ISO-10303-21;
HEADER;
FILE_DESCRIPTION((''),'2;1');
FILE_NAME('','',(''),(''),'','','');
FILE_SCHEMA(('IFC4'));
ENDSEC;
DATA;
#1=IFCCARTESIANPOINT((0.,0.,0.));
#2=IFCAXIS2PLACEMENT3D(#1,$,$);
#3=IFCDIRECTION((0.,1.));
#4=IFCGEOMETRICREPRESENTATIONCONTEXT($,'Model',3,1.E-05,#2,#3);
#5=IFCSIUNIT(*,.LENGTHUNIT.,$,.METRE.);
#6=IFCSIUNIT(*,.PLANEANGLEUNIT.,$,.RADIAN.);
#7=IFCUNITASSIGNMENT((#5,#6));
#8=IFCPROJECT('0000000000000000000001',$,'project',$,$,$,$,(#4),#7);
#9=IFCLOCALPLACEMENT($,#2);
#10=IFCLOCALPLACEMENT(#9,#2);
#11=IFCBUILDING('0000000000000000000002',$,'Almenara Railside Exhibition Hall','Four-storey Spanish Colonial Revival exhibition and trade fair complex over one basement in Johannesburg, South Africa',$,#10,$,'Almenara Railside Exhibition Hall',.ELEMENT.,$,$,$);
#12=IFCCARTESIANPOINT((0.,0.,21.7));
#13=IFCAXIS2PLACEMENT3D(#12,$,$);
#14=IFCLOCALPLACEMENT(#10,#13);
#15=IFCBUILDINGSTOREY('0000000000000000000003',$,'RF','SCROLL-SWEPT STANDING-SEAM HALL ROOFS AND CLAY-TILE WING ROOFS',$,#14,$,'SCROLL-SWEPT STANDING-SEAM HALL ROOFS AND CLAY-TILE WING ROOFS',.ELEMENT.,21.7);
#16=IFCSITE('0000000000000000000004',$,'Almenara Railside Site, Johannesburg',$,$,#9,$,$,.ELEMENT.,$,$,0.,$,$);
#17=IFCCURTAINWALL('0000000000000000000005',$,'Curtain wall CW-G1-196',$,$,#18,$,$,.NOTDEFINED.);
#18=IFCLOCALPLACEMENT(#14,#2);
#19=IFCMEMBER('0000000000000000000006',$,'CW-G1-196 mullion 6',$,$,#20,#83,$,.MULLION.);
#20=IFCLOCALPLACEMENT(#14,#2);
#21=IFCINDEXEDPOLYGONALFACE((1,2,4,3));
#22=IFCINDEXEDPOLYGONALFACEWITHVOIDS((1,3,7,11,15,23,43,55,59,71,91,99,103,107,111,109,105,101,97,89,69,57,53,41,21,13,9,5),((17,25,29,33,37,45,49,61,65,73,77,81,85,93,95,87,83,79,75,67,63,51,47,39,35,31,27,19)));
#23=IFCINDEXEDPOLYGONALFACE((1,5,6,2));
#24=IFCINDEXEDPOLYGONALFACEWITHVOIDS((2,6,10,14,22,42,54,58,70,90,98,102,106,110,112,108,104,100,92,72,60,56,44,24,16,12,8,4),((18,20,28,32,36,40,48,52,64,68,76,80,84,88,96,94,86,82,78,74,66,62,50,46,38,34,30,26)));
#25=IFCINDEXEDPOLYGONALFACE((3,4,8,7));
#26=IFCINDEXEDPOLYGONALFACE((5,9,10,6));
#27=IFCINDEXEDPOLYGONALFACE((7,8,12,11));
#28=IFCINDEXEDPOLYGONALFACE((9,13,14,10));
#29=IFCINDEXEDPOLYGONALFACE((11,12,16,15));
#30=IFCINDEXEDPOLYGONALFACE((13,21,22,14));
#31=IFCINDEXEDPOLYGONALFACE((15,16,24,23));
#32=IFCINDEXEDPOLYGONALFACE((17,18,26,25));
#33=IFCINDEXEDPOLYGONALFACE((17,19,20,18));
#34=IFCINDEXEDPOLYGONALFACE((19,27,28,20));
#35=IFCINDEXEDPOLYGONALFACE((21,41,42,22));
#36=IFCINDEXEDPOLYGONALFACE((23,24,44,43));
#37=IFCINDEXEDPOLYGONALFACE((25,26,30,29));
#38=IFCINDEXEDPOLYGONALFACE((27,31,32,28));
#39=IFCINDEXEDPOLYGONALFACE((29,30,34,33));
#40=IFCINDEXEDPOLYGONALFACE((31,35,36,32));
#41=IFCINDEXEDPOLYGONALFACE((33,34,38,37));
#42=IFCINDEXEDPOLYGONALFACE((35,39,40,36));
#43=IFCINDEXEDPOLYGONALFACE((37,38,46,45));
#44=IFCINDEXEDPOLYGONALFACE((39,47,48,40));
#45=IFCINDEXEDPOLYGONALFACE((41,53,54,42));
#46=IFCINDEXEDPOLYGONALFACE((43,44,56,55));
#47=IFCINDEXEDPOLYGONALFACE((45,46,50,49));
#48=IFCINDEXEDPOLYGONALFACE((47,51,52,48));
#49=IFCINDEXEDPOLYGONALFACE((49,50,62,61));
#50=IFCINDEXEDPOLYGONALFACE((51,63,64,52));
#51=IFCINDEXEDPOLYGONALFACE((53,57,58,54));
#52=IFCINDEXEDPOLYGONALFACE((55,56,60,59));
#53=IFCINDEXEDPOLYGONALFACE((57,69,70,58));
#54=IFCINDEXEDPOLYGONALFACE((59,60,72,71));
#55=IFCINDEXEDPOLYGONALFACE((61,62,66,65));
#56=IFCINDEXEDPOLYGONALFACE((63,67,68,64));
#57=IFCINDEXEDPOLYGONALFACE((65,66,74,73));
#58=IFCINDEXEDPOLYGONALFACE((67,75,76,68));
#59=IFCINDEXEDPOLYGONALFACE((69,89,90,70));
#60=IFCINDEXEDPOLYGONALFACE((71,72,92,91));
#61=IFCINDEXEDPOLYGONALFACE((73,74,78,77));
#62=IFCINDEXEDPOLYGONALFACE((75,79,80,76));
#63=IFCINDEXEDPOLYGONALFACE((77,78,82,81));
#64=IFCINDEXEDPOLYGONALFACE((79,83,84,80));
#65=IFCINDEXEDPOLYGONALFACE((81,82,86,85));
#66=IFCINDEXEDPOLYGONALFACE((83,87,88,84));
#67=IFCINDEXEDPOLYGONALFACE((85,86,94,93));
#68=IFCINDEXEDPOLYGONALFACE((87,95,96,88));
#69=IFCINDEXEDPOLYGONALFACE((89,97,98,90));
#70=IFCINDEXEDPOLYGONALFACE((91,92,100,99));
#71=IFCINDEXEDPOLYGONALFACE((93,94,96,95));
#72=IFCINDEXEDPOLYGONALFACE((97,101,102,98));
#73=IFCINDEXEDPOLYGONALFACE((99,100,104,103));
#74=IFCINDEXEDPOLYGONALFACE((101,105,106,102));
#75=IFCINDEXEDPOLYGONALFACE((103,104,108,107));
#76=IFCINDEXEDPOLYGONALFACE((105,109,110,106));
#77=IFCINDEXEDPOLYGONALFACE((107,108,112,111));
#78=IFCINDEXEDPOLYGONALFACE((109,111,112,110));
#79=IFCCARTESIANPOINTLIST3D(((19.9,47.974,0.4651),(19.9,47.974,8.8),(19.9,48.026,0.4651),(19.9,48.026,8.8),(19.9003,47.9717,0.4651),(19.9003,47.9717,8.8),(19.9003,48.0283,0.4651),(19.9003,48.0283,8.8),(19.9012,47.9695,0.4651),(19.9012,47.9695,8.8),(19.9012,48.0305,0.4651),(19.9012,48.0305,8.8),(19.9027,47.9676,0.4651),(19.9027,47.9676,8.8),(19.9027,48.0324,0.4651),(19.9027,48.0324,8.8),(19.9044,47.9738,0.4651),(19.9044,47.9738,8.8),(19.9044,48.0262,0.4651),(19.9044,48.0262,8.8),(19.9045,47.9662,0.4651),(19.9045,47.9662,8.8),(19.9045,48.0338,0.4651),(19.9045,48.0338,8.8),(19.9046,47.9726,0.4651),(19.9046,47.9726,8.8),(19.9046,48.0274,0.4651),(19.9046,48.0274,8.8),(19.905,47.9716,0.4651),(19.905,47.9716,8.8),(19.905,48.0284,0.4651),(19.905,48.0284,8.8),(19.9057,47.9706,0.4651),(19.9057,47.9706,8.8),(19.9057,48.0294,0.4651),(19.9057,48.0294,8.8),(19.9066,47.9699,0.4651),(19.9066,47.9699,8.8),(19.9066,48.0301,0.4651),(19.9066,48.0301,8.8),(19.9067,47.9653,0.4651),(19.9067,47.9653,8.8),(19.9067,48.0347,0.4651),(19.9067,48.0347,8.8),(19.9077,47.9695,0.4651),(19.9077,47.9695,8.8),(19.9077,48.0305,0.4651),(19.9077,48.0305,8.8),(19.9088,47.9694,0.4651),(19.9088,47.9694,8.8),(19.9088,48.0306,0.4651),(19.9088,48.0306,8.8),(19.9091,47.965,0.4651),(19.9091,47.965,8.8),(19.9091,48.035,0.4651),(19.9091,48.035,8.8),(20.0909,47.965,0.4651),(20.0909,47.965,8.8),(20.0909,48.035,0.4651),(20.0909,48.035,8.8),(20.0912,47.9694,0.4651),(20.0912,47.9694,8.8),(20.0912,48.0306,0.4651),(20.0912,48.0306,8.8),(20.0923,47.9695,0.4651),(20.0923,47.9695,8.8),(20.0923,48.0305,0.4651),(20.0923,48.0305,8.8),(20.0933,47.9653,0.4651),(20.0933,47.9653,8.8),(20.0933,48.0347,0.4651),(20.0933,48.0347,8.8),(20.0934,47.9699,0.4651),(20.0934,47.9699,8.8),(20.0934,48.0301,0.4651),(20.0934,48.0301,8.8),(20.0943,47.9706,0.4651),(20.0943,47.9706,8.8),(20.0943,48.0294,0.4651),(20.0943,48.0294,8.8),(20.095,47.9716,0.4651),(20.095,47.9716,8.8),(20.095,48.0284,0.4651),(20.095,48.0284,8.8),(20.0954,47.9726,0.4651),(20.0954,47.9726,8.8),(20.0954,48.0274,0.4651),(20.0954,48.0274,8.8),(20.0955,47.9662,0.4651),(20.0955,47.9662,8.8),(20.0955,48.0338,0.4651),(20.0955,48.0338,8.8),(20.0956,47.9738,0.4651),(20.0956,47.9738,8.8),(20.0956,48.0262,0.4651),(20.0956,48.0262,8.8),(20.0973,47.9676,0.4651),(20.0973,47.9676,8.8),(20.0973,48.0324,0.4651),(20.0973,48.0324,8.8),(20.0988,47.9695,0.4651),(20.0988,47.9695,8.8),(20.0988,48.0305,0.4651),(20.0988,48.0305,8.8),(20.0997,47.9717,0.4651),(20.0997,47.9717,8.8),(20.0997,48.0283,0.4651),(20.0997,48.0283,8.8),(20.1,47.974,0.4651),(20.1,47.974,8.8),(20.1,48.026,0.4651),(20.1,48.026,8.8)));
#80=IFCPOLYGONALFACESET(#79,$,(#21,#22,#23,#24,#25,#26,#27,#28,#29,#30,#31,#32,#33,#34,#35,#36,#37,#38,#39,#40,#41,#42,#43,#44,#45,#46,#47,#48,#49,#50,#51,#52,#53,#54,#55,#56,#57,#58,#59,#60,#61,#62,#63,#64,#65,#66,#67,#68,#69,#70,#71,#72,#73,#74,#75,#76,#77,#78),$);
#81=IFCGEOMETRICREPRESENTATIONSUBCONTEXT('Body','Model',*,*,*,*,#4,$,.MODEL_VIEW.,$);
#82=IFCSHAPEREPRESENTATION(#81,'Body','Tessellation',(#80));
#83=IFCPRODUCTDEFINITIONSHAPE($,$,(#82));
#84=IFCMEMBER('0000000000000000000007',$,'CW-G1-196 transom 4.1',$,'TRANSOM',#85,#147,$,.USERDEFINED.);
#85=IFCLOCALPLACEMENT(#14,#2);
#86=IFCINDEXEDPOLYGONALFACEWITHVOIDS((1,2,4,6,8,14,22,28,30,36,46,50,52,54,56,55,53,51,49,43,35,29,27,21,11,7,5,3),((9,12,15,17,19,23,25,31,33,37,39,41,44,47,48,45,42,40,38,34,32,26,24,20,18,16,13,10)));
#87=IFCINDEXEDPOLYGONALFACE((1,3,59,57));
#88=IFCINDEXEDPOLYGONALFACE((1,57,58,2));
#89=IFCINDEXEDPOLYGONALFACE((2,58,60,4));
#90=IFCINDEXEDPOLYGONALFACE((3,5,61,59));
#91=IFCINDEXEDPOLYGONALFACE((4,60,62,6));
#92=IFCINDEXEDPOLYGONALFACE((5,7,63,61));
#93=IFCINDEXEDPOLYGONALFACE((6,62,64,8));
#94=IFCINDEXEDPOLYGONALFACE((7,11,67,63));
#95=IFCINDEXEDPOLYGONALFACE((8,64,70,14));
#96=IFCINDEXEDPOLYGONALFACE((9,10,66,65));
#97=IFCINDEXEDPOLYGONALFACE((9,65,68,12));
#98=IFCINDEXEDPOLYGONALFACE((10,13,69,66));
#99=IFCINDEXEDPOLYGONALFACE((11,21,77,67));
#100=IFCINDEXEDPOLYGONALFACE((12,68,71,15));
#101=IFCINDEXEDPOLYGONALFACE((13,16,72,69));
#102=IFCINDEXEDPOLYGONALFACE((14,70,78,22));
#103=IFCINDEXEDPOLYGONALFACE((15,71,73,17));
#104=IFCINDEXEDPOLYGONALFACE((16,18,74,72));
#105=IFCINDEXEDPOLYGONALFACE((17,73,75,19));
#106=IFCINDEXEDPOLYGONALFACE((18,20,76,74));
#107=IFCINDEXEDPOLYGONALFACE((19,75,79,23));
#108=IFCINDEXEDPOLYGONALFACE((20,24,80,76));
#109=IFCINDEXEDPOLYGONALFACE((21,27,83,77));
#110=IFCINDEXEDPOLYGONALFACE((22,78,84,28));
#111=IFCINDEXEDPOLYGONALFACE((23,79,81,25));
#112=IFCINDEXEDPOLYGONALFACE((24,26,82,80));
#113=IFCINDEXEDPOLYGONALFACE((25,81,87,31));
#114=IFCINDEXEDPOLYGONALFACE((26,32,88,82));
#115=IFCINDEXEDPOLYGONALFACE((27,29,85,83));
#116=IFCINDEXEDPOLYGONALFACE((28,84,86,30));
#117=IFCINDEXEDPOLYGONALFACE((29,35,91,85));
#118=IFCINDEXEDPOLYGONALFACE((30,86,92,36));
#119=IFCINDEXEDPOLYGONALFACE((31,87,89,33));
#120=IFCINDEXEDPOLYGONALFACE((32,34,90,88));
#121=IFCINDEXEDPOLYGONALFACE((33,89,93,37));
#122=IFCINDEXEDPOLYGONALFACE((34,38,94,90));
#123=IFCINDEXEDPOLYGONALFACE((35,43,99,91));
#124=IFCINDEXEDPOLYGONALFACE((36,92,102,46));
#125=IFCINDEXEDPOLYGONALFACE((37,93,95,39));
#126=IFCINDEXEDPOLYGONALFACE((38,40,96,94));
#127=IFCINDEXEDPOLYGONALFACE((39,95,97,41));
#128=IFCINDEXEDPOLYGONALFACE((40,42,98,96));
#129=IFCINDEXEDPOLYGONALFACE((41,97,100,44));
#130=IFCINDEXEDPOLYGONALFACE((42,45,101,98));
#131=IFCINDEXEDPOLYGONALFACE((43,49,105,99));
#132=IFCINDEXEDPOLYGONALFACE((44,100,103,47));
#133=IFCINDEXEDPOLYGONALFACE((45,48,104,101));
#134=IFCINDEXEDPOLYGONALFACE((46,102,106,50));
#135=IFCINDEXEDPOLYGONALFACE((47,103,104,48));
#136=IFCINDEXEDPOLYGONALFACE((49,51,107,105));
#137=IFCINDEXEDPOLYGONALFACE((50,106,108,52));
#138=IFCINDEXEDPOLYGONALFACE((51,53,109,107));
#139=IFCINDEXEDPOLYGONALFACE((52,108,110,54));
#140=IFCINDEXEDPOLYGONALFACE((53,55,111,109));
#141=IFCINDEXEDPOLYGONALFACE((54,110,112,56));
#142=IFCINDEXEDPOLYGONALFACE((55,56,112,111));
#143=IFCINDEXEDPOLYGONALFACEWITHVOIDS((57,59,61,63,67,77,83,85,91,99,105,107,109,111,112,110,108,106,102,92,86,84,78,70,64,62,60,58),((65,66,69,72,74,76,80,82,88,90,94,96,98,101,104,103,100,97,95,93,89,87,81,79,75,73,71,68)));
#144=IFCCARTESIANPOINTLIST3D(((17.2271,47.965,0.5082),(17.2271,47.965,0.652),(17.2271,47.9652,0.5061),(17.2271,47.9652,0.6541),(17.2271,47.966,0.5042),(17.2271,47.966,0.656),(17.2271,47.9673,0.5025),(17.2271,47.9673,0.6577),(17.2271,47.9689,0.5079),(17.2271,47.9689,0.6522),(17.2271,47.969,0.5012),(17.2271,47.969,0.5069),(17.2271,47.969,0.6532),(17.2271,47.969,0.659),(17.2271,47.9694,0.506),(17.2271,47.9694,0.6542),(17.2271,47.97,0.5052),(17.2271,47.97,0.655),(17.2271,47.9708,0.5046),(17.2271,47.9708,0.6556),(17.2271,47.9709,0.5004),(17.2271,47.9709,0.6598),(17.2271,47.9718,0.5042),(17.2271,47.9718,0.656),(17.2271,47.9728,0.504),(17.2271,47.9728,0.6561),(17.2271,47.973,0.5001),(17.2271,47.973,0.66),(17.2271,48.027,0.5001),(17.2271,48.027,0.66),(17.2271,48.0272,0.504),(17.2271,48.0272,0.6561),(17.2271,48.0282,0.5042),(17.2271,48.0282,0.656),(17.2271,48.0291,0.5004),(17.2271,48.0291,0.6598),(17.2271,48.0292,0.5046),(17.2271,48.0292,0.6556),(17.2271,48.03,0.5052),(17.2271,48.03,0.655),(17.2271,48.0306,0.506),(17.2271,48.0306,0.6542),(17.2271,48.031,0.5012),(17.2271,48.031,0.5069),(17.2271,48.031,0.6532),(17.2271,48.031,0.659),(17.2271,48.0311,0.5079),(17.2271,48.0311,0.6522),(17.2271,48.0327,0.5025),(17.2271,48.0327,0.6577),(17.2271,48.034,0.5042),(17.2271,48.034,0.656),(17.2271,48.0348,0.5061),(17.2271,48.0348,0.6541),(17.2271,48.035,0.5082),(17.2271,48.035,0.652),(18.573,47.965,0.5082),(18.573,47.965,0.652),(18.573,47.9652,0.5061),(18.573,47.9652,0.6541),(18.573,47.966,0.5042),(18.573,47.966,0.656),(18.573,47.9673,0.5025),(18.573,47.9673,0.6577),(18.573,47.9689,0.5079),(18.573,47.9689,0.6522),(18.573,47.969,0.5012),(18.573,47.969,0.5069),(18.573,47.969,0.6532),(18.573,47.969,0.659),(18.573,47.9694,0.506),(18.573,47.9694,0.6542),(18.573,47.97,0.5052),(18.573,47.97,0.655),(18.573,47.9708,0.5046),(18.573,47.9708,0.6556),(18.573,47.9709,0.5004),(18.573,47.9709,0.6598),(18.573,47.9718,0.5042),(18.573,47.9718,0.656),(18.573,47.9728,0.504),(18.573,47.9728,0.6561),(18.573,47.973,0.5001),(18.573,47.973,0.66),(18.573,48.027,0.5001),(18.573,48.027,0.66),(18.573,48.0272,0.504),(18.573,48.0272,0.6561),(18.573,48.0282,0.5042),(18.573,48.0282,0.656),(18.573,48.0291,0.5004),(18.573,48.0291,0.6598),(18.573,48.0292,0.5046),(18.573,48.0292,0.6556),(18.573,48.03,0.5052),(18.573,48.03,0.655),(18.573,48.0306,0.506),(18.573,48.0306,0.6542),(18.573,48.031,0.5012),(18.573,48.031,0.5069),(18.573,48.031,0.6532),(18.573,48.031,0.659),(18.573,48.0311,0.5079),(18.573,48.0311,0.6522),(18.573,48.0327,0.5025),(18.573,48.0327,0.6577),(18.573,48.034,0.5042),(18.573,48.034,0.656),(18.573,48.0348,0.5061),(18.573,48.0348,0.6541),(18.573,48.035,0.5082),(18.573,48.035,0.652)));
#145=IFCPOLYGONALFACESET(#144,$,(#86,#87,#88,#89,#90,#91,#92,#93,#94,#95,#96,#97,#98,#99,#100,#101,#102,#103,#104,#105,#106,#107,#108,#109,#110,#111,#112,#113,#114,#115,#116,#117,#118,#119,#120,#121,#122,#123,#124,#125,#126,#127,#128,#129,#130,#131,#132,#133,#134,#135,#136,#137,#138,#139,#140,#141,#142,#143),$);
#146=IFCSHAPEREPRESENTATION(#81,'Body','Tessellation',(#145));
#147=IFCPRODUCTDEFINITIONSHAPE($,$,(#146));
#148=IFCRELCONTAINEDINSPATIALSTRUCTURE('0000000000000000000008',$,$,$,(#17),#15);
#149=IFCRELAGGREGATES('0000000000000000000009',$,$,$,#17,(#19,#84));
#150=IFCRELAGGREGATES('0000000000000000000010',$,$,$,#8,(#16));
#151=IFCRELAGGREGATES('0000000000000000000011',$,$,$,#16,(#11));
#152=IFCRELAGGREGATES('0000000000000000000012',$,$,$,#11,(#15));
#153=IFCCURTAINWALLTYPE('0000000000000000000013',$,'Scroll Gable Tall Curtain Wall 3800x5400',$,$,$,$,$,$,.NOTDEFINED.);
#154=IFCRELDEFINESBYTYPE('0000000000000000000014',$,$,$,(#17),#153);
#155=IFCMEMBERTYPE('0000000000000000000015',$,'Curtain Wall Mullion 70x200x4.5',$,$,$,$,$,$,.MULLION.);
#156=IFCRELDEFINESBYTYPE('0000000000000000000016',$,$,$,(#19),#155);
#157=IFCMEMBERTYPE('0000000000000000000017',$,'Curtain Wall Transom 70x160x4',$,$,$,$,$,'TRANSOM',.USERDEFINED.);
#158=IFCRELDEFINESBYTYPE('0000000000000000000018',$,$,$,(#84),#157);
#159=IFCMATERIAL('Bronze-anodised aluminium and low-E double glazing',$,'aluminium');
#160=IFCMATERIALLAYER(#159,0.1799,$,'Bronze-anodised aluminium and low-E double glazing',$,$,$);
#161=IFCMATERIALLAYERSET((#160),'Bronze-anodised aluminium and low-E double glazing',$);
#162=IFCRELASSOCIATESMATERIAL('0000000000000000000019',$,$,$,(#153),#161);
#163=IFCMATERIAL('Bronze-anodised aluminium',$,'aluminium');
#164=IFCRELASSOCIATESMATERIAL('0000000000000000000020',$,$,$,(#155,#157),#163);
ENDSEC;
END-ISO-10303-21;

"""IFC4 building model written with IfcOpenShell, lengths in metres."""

from ifc_helpers import new_model, si_unit, direction, frame, origin, origin_2d, place, context, subcontext, project, spatial, hollow_rectangle, extrude, material, layer, layer_set, material_profile, profile_set, type_object, element, aggregate, save


model = new_model("IFC4")

# Units and contexts
model_context = context("Model", 3, precision=1e-05, world=origin(), true_north=direction((0.0, 1.0)))
body_context = subcontext(model_context, "Body", "Model", "MODEL_VIEW")
ifc_project = project(units=[si_unit("LENGTHUNIT", "METRE"), si_unit("PLANEANGLEUNIT", "RADIAN")], contexts=[model_context])

# Site, building, storey
site_placement = place(None, origin())
site = spatial("IfcSite", under=ifc_project, at=site_placement, Name="Almenara Railside Site, Johannesburg", CompositionType="ELEMENT", RefElevation=0.0)
building_placement = place(site_placement, origin())
building = spatial("IfcBuilding", under=site, at=building_placement, Name="Almenara Railside Exhibition Hall", Description="Four-storey Spanish Colonial Revival exhibition and trade fair complex over one basement in Johannesburg, South Africa", LongName="Almenara Railside Exhibition Hall", CompositionType="ELEMENT")
storey_placement = place(building_placement, frame((0.0, 0.0, 21.7)))
storey = spatial("IfcBuildingStorey", under=building, at=storey_placement, Name="RF", Description="SCROLL-SWEPT STANDING-SEAM HALL ROOFS AND CLAY-TILE WING ROOFS", LongName="SCROLL-SWEPT STANDING-SEAM HALL ROOFS AND CLAY-TILE WING ROOFS", CompositionType="ELEMENT", Elevation=21.7)

# Curtain wall, members
ifc_material_1 = material(Name="Bronze-anodised aluminium and low-E double glazing", Category="aluminium")
ifc_layer_1 = layer(ifc_material_1, 0.1799, Name="Bronze-anodised aluminium and low-E double glazing")
ifc_layer_set_1 = layer_set([ifc_layer_1], Name="Bronze-anodised aluminium and low-E double glazing")
curtain_wall_type = type_object("IfcCurtainWallType", Name="Scroll Gable Tall Curtain Wall 3800x5400", PredefinedType="NOTDEFINED", material=ifc_layer_set_1)
curtain_wall_placement = place(storey_placement, origin())
curtain_wall = element("IfcCurtainWall", 1, at=curtain_wall_placement, inside=storey, type_object=curtain_wall_type, Name="Curtain wall CW-G1-196", PredefinedType="NOTDEFINED")
ifc_material_2 = material(Name="Bronze-anodised aluminium", Category="aluminium")
ifc_material_profile_1 = material_profile(ifc_material_2, hollow_rectangle(XDim=0.0701, YDim=0.2, WallThickness=0.0044, InnerFilletRadius=0.0044, OuterFilletRadius=0.009, at=origin_2d()), Name="ALU-MUL 70x200x4.5")
ifc_profile_set_1 = profile_set([ifc_material_profile_1], Name="Bronze-anodised aluminium")
member_type_1 = type_object("IfcMemberType", Name="Curtain Wall Mullion 70x200x4.5", PredefinedType="MULLION", material=ifc_profile_set_1)
member_1_placement = place(storey_placement, frame((20.0, 48.0, 0.4651), z_axis=(0.0, 0.0, 1.0), x_axis=(0.0, 1.0, 0.0)))
member_1 = element("IfcMember", 2, at=member_1_placement, type_object=member_type_1, Name="CW-G1-196 mullion 6", PredefinedType="MULLION", context=body_context, shape_type="SweptSolid", body=[
    extrude(hollow_rectangle(XDim=0.0701, YDim=0.2, WallThickness=0.0044, InnerFilletRadius=0.0044, OuterFilletRadius=0.009, at=origin_2d()), origin(), (0.0, 0.0, 1.0), 8.335),
])
ifc_material_profile_2 = material_profile(ifc_material_2, hollow_rectangle(XDim=0.0701, YDim=0.1599, WallThickness=0.0039, InnerFilletRadius=0.0039, OuterFilletRadius=0.0081, at=origin_2d()), Name="ALU-TRN 70x160x4")
ifc_profile_set_2 = profile_set([ifc_material_profile_2], Name="Bronze-anodised aluminium")
member_type_2 = type_object("IfcMemberType", Name="Curtain Wall Transom 70x160x4", ElementType="TRANSOM", PredefinedType="USERDEFINED", material=ifc_profile_set_2)
member_2_placement = place(storey_placement, frame((17.2271, 48.0, 0.5801), z_axis=(1.0, 0.0, 0.0), x_axis=(0.0, 1.0, 0.0)))
member_2 = element("IfcMember", 3, at=member_2_placement, type_object=member_type_2, Name="CW-G1-196 transom 4.1", ObjectType="TRANSOM", PredefinedType="USERDEFINED", context=body_context, shape_type="SweptSolid", body=[
    extrude(hollow_rectangle(XDim=0.0701, YDim=0.1599, WallThickness=0.0039, InnerFilletRadius=0.0039, OuterFilletRadius=0.0081, at=origin_2d()), origin(), (0.0, 0.0, 1.0), 1.3459),
])

aggregate(curtain_wall, [member_1, member_2])

save(model, "model.ifc")
